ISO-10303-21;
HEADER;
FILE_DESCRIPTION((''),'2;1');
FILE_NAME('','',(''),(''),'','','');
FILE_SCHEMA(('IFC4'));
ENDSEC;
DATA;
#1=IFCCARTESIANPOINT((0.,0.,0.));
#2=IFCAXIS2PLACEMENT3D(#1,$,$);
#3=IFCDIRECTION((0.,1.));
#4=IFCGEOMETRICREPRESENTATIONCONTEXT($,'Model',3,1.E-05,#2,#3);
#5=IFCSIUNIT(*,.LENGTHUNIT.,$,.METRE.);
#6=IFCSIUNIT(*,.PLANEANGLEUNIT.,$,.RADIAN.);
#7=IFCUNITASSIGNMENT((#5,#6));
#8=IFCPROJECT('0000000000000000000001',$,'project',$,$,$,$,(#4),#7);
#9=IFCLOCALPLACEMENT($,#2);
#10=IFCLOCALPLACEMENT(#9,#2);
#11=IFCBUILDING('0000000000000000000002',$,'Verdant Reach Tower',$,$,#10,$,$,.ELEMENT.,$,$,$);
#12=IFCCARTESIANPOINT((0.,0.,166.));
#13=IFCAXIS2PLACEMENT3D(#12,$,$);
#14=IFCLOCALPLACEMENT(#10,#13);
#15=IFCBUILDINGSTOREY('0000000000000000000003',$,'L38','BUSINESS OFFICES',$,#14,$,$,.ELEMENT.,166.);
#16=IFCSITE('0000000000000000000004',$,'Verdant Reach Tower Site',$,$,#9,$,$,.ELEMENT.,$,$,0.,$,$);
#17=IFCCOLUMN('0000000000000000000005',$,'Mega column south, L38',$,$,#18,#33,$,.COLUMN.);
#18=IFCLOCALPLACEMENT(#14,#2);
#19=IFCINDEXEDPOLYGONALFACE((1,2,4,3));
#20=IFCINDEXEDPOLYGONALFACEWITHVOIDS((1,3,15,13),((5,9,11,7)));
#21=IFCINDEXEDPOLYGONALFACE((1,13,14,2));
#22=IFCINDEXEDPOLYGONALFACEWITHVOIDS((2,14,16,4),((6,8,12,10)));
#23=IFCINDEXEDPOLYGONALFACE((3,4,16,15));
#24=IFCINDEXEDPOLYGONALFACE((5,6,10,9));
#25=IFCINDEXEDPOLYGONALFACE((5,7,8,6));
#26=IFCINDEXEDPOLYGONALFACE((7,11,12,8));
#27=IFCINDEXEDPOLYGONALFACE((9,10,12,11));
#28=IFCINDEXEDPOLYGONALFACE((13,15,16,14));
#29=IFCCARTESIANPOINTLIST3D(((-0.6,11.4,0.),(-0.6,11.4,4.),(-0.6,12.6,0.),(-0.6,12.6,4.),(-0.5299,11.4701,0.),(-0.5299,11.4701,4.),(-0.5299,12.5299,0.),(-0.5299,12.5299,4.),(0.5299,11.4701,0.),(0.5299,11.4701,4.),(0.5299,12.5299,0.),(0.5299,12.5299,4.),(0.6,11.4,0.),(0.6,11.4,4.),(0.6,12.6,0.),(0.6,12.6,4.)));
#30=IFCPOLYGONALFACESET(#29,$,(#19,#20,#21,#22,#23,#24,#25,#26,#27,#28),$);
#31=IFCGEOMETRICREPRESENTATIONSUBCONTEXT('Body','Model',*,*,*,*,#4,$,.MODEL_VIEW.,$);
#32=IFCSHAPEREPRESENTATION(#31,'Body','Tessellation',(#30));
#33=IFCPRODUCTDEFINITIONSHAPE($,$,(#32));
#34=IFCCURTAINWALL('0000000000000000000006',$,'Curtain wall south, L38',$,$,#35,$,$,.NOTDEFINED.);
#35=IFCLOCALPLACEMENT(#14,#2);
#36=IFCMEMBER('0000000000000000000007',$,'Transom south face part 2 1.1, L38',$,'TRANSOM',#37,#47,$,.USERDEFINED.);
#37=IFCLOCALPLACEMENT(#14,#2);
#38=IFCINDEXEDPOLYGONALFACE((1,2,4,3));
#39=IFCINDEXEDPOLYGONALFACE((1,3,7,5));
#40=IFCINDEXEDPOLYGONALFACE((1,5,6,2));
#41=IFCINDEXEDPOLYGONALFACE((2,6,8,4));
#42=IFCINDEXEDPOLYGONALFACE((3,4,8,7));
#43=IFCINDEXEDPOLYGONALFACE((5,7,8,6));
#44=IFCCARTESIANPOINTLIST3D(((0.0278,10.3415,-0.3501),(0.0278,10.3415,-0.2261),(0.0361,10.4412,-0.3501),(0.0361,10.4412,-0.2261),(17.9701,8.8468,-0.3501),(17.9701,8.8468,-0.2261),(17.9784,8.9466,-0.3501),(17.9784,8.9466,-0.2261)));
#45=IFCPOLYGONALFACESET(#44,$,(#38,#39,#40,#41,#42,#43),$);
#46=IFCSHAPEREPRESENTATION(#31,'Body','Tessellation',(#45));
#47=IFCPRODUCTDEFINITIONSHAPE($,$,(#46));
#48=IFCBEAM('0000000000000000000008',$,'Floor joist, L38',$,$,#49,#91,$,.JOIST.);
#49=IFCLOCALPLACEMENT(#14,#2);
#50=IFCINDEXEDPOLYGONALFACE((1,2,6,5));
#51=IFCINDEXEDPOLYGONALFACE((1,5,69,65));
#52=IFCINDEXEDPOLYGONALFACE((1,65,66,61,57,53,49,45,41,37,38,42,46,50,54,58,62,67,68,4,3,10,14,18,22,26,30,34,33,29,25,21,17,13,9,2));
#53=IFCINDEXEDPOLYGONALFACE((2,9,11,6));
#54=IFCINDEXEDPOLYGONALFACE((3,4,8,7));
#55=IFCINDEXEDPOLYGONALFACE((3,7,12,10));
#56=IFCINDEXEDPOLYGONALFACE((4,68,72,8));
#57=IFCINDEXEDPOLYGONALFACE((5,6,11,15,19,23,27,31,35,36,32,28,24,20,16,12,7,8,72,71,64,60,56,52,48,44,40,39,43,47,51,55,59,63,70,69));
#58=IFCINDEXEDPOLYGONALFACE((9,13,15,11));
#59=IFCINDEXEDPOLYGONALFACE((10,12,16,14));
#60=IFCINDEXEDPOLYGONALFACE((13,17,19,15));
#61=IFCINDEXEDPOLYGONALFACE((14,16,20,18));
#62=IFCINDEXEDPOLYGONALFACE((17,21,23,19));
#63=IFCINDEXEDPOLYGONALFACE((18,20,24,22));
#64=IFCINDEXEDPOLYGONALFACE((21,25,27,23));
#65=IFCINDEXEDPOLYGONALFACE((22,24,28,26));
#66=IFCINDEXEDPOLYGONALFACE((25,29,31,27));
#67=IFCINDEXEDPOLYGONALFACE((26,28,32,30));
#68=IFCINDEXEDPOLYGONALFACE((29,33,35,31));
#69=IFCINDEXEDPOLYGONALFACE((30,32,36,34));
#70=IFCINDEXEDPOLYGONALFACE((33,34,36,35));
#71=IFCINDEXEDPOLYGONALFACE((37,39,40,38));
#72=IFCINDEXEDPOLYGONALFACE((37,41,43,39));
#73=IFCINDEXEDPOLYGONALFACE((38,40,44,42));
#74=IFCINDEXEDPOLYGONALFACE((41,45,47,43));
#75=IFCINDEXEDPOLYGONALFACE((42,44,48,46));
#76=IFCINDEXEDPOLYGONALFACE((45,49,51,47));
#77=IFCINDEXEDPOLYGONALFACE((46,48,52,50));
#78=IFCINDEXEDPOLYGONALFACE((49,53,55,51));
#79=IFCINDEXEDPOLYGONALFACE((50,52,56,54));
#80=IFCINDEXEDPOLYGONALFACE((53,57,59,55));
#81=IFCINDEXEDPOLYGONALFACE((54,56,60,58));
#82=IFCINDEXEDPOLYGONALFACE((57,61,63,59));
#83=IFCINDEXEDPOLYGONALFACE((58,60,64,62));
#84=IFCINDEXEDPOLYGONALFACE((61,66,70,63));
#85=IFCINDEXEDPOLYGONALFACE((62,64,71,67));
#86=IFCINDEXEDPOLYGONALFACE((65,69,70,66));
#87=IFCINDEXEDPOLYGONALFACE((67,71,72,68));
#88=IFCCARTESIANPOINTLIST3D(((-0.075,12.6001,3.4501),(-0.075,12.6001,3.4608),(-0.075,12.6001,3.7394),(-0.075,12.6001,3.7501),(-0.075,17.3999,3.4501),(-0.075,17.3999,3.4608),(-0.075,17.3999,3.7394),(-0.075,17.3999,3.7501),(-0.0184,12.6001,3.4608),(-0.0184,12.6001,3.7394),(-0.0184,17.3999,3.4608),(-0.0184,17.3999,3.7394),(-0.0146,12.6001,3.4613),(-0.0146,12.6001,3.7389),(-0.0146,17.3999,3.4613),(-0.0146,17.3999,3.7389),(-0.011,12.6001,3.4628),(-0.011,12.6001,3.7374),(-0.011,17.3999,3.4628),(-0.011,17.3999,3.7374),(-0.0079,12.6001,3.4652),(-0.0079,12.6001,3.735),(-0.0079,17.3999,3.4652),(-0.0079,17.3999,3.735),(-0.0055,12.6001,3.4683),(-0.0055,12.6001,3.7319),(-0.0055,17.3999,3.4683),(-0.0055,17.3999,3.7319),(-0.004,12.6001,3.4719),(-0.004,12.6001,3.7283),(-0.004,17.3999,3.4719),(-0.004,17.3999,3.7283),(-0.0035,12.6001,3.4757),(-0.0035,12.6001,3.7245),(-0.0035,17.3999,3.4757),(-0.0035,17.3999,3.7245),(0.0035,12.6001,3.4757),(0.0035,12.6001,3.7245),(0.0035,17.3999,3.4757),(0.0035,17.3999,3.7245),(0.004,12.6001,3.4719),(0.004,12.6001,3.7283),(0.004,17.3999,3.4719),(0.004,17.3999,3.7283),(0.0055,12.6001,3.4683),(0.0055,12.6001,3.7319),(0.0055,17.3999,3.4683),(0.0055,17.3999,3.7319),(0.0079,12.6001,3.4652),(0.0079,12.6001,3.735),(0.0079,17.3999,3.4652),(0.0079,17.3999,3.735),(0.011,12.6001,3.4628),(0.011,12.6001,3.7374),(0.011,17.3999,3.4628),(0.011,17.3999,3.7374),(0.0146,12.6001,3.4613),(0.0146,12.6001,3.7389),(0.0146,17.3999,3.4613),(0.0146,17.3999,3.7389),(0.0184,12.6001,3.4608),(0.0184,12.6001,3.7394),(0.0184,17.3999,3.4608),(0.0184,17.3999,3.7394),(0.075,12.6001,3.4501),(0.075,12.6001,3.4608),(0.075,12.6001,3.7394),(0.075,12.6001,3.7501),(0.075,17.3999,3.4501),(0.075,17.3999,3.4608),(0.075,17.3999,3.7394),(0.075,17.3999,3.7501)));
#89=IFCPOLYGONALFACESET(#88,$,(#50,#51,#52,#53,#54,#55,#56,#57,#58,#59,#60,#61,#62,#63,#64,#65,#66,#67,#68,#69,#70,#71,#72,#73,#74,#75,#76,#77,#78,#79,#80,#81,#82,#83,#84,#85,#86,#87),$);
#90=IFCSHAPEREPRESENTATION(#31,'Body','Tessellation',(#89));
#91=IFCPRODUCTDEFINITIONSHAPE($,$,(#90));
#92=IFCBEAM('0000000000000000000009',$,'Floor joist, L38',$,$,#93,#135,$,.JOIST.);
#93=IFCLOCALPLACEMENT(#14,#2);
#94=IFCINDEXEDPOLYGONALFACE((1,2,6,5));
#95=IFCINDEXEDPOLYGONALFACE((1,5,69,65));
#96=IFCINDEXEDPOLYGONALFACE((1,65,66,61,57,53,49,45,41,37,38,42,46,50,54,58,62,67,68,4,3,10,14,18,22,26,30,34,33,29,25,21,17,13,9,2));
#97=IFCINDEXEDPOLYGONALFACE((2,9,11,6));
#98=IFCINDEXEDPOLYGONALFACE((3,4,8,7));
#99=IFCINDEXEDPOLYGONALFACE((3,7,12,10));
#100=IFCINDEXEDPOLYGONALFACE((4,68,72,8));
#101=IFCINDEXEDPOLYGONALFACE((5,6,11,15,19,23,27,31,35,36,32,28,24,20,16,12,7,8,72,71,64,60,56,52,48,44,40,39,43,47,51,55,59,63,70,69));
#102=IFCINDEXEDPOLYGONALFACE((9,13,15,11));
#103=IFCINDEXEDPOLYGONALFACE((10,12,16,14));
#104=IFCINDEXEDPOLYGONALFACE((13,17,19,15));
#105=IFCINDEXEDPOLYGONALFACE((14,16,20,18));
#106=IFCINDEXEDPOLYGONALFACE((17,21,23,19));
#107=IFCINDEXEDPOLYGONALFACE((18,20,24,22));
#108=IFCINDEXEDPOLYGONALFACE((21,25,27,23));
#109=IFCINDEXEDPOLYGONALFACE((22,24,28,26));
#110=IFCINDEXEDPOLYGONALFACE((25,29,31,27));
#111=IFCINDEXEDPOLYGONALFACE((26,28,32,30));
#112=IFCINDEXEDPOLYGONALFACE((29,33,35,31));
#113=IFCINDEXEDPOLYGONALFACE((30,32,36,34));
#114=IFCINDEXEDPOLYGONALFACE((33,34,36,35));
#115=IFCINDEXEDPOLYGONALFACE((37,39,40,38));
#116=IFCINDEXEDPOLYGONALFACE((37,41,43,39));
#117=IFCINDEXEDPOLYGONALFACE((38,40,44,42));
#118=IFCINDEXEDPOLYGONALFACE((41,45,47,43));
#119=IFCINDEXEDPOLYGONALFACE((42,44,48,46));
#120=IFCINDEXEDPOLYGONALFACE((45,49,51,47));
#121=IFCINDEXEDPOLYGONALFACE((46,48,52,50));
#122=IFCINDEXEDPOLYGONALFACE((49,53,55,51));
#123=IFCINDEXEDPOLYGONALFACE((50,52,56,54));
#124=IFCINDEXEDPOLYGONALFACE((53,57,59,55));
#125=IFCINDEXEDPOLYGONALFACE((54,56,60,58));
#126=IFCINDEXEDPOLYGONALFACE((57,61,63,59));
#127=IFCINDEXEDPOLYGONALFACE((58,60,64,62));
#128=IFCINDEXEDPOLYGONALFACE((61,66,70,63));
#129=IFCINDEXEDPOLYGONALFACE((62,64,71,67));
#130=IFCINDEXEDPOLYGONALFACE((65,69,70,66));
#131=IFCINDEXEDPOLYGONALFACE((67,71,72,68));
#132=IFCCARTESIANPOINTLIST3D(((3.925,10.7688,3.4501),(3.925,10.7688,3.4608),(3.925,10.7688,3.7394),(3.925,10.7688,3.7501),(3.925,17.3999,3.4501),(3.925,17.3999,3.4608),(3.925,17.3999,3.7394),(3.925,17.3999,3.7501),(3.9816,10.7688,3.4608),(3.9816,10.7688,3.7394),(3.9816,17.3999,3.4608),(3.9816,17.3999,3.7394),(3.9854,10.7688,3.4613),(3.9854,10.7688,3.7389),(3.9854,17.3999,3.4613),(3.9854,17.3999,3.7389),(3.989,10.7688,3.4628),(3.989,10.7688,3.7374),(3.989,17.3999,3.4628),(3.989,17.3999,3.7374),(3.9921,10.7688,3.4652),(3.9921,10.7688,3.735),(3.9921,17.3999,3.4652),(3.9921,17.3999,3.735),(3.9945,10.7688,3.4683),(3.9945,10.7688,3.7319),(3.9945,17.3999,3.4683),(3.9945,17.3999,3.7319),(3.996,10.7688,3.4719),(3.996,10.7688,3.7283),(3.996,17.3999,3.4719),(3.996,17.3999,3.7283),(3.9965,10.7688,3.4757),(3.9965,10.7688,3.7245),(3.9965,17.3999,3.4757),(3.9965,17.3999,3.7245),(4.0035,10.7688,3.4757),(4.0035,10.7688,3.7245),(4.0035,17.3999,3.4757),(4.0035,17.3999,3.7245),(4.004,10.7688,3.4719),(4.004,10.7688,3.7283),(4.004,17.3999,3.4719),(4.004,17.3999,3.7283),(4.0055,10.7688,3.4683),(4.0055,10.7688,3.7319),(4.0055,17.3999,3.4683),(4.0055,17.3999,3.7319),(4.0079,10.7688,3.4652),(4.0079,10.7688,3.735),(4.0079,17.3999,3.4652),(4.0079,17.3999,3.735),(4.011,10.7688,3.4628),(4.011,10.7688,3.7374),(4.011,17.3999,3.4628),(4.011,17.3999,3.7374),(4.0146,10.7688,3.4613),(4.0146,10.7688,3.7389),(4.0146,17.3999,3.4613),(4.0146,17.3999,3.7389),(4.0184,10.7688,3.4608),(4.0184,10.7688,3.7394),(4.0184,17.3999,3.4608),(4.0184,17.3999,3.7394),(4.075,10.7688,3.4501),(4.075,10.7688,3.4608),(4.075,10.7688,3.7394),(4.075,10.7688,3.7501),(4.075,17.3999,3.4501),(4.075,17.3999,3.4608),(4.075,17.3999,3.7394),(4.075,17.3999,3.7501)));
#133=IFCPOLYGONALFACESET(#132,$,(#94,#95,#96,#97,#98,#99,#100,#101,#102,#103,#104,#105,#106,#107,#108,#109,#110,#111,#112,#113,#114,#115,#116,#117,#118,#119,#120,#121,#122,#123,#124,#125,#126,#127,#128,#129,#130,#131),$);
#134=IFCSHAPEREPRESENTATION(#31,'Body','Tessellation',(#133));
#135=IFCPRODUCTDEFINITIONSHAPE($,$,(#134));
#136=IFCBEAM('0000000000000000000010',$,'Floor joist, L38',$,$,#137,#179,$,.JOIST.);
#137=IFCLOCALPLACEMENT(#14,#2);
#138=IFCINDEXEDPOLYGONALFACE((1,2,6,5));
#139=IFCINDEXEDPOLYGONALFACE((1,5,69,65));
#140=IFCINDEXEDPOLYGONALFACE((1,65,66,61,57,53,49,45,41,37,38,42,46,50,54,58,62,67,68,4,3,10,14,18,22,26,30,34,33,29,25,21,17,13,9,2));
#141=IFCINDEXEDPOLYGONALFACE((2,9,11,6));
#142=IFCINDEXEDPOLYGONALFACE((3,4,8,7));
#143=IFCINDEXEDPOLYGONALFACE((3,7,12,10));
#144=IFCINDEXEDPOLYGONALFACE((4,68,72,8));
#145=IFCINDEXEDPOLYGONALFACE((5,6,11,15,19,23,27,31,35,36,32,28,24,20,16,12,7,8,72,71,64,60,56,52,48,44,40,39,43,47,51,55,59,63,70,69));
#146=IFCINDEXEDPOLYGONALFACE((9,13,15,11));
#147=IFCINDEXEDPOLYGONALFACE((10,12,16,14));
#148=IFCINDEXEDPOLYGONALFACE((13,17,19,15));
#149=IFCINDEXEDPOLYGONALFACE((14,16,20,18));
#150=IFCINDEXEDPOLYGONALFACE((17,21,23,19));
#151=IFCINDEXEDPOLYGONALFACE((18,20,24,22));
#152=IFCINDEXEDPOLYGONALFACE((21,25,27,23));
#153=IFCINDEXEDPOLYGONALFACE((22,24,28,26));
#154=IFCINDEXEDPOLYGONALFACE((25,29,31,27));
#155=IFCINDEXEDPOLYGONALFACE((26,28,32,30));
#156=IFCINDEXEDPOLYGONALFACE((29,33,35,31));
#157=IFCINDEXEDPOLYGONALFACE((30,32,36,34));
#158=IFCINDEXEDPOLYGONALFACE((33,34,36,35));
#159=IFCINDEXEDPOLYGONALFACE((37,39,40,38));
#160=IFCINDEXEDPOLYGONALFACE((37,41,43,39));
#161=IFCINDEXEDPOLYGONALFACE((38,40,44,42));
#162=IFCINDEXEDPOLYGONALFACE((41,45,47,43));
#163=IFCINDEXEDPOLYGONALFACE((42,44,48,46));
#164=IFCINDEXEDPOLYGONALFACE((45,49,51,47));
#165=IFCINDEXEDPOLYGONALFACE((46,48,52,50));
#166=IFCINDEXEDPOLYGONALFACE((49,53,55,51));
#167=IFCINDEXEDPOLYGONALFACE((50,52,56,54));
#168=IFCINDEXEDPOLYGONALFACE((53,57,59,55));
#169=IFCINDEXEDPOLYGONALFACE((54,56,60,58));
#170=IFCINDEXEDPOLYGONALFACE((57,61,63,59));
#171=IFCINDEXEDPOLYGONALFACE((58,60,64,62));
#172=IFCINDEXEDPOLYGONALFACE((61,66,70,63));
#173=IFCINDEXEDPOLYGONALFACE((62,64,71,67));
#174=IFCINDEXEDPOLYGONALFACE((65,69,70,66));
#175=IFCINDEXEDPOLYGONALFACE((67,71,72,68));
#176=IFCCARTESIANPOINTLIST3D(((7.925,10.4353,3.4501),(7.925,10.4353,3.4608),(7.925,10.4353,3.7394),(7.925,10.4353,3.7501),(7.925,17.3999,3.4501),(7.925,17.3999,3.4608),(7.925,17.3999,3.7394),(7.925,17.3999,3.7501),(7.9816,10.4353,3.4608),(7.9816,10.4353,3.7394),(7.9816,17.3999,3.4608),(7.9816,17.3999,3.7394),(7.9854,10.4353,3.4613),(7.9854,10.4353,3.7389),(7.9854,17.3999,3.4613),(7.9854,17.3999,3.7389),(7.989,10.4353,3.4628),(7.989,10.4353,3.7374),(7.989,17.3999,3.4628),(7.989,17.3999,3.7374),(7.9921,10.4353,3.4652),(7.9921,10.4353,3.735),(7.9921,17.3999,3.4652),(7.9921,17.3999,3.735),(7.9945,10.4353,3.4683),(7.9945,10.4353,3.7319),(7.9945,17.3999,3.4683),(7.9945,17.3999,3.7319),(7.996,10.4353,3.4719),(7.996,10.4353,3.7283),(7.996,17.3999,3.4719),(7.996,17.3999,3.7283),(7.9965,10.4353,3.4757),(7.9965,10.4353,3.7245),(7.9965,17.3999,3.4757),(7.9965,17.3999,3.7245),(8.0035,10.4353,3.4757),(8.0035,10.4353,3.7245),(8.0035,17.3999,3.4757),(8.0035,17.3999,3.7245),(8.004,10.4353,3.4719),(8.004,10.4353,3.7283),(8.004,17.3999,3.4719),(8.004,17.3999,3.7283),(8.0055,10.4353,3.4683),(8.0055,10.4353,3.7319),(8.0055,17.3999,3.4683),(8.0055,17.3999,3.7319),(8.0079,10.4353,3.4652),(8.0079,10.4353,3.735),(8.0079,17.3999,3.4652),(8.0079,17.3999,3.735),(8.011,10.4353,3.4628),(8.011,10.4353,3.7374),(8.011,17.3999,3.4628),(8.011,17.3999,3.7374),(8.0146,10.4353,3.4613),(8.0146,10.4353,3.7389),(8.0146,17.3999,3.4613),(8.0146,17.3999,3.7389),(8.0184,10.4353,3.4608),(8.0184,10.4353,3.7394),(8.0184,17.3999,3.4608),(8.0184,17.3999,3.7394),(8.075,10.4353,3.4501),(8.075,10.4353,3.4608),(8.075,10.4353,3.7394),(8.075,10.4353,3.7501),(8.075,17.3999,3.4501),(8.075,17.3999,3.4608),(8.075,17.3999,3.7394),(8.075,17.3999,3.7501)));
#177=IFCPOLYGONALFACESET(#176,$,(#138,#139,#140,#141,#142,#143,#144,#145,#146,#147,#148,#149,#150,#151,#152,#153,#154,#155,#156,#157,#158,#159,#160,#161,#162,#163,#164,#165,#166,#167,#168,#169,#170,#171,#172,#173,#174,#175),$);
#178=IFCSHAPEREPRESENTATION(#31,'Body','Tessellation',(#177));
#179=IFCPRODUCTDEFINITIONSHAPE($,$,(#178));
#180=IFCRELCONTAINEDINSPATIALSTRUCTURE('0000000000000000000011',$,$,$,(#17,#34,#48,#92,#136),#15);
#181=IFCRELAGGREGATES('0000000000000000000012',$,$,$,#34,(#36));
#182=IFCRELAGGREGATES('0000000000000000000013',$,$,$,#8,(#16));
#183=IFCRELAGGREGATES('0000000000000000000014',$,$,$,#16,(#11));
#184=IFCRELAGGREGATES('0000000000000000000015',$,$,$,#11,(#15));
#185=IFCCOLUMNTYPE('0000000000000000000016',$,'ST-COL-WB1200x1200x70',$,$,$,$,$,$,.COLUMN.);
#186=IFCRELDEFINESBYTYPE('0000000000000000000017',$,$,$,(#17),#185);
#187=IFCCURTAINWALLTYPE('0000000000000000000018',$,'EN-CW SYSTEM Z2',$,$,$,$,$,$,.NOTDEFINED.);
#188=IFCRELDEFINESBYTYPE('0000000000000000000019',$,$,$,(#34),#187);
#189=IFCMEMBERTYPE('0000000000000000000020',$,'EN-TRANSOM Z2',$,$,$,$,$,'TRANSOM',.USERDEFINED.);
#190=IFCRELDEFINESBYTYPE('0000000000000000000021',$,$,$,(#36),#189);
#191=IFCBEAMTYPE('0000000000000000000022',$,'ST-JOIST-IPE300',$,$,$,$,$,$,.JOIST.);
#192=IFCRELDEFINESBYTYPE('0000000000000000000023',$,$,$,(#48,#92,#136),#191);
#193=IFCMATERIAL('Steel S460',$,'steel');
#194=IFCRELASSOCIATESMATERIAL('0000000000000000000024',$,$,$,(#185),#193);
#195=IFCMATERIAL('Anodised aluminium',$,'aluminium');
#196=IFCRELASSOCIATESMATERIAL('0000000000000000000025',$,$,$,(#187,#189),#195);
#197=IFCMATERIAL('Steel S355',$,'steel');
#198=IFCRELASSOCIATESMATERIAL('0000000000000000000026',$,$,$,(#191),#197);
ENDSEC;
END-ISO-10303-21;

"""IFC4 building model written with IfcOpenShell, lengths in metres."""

from ifc_helpers import new_model, si_unit, direction, frame, origin, origin_2d, place, context, subcontext, project, spatial, rectangle, hollow_rectangle, i_section, extrude, material, material_profile, profile_set, type_object, element, aggregate, save


model = new_model("IFC4")

# Units and contexts
model_context = context("Model", 3, precision=1e-05, world=origin(), true_north=direction((0.0, 1.0)))
body_context = subcontext(model_context, "Body", "Model", "MODEL_VIEW")
ifc_project = project(units=[si_unit("LENGTHUNIT", "METRE"), si_unit("PLANEANGLEUNIT", "RADIAN")], contexts=[model_context])

# Site, building, storey
site_placement = place(None, origin())
site = spatial("IfcSite", under=ifc_project, at=site_placement, Name="Verdant Reach Tower Site", CompositionType="ELEMENT", RefElevation=0.0)
building_placement = place(site_placement, origin())
building = spatial("IfcBuilding", under=site, at=building_placement, Name="Verdant Reach Tower", CompositionType="ELEMENT")
storey_placement = place(building_placement, frame((0.0, 0.0, 166.0)))
storey = spatial("IfcBuildingStorey", under=building, at=storey_placement, Name="L38", Description="BUSINESS OFFICES", CompositionType="ELEMENT", Elevation=166.0)

# Column
ifc_material_1 = material(Name="Steel S460", Category="steel")
ifc_material_profile_1 = material_profile(ifc_material_1, hollow_rectangle(XDim=1.2, YDim=1.2, WallThickness=0.0701, at=origin_2d()), Name="WB 1200x1200x70")
ifc_profile_set_1 = profile_set([ifc_material_profile_1], Name="Steel S460")
column_type = type_object("IfcColumnType", Name="ST-COL-WB1200x1200x70", PredefinedType="COLUMN", material=ifc_profile_set_1)
column_placement = place(storey_placement, frame((0.0, 12.0, 0.0), z_axis=(0.0, 0.0, 1.0), x_axis=(1.0, 0.0, 0.0)))
element("IfcColumn", 1, at=column_placement, inside=storey, type_object=column_type, Name="Mega column south, L38", PredefinedType="COLUMN", context=body_context, shape_type="SweptSolid", body=[
    extrude(hollow_rectangle(XDim=1.2, YDim=1.2, WallThickness=0.0701, at=origin_2d()), origin(), (0.0, 0.0, 1.0), 4.0),
])

# Curtain wall, member
ifc_material_2 = material(Name="Anodised aluminium", Category="aluminium")
curtain_wall_type = type_object("IfcCurtainWallType", Name="EN-CW SYSTEM Z2", PredefinedType="NOTDEFINED", material=ifc_material_2)
curtain_wall_placement = place(storey_placement, origin())
curtain_wall = element("IfcCurtainWall", 2, at=curtain_wall_placement, inside=storey, type_object=curtain_wall_type, Name="Curtain wall south, L38", PredefinedType="NOTDEFINED")
ifc_material_profile_2 = material_profile(ifc_material_2, rectangle(XDim=0.1001, YDim=0.124, at=origin_2d()), Name="Transom 124x100")
ifc_profile_set_2 = profile_set([ifc_material_profile_2], Name="Anodised aluminium")
member_type = type_object("IfcMemberType", Name="EN-TRANSOM Z2", ElementType="TRANSOM", PredefinedType="USERDEFINED", material=ifc_profile_set_2)
member_placement = place(storey_placement, frame((0.032, 10.3914, -0.2881), z_axis=(0.996548, -0.083015, 0.0), x_axis=(0.083015, 0.996548, 0.0)))
member = element("IfcMember", 3, at=member_placement, type_object=member_type, Name="Transom south face part 2 1.1, L38", ObjectType="TRANSOM", PredefinedType="USERDEFINED", context=body_context, shape_type="SweptSolid", body=[
    extrude(rectangle(XDim=0.1001, YDim=0.124, at=origin_2d()), origin(), (0.0, 0.0, 1.0), 18.0044),
])

# Beams
ifc_material_3 = material(Name="Steel S355", Category="steel")
ifc_material_profile_3 = material_profile(ifc_material_3, i_section(OverallWidth=0.1499, OverallDepth=0.3, WebThickness=0.0071, FlangeThickness=0.0107, FilletRadius=0.0149, at=origin_2d()), Name="IPE 300")
ifc_profile_set_3 = profile_set([ifc_material_profile_3], Name="Steel S355")
beam_type_1 = type_object("IfcBeamType", Name="ST-JOIST-IPE300", PredefinedType="JOIST", material=ifc_profile_set_3)
beam_1_placement = place(storey_placement, frame((0.0, 17.3999, 3.6001), z_axis=(0.0, -1.0, 0.0), x_axis=(1.0, 0.0, 0.0)))
element("IfcBeam", 4, at=beam_1_placement, inside=storey, type_object=beam_type_1, Name="Floor joist, L38", PredefinedType="JOIST", context=body_context, shape_type="SweptSolid", body=[
    extrude(i_section(OverallWidth=0.1499, OverallDepth=0.3, WebThickness=0.0071, FlangeThickness=0.0107, FilletRadius=0.0149, at=origin_2d()), origin(), (0.0, 0.0, 1.0), 4.7998),
])
beam_2_placement = place(storey_placement, frame((4.0, 17.3999, 3.6001), z_axis=(0.0, -1.0, 0.0), x_axis=(1.0, 0.0, 0.0)))
element("IfcBeam", 5, at=beam_2_placement, inside=storey, type_object=beam_type_1, Name="Floor joist, L38", PredefinedType="JOIST", context=body_context, shape_type="SweptSolid", body=[
    extrude(i_section(OverallWidth=0.1499, OverallDepth=0.3, WebThickness=0.0071, FlangeThickness=0.0107, FilletRadius=0.0149, at=origin_2d()), origin(), (0.0, 0.0, 1.0), 6.6311),
])
beam_3_placement = place(storey_placement, frame((8.0, 17.3999, 3.6001), z_axis=(0.0, -1.0, 0.0), x_axis=(1.0, 0.0, 0.0)))
element("IfcBeam", 6, at=beam_3_placement, inside=storey, type_object=beam_type_1, Name="Floor joist, L38", PredefinedType="JOIST", context=body_context, shape_type="SweptSolid", body=[
    extrude(i_section(OverallWidth=0.1499, OverallDepth=0.3, WebThickness=0.0071, FlangeThickness=0.0107, FilletRadius=0.0149, at=origin_2d()), origin(), (0.0, 0.0, 1.0), 6.9646),
])

aggregate(curtain_wall, [member])

save(model, "model.ifc")
